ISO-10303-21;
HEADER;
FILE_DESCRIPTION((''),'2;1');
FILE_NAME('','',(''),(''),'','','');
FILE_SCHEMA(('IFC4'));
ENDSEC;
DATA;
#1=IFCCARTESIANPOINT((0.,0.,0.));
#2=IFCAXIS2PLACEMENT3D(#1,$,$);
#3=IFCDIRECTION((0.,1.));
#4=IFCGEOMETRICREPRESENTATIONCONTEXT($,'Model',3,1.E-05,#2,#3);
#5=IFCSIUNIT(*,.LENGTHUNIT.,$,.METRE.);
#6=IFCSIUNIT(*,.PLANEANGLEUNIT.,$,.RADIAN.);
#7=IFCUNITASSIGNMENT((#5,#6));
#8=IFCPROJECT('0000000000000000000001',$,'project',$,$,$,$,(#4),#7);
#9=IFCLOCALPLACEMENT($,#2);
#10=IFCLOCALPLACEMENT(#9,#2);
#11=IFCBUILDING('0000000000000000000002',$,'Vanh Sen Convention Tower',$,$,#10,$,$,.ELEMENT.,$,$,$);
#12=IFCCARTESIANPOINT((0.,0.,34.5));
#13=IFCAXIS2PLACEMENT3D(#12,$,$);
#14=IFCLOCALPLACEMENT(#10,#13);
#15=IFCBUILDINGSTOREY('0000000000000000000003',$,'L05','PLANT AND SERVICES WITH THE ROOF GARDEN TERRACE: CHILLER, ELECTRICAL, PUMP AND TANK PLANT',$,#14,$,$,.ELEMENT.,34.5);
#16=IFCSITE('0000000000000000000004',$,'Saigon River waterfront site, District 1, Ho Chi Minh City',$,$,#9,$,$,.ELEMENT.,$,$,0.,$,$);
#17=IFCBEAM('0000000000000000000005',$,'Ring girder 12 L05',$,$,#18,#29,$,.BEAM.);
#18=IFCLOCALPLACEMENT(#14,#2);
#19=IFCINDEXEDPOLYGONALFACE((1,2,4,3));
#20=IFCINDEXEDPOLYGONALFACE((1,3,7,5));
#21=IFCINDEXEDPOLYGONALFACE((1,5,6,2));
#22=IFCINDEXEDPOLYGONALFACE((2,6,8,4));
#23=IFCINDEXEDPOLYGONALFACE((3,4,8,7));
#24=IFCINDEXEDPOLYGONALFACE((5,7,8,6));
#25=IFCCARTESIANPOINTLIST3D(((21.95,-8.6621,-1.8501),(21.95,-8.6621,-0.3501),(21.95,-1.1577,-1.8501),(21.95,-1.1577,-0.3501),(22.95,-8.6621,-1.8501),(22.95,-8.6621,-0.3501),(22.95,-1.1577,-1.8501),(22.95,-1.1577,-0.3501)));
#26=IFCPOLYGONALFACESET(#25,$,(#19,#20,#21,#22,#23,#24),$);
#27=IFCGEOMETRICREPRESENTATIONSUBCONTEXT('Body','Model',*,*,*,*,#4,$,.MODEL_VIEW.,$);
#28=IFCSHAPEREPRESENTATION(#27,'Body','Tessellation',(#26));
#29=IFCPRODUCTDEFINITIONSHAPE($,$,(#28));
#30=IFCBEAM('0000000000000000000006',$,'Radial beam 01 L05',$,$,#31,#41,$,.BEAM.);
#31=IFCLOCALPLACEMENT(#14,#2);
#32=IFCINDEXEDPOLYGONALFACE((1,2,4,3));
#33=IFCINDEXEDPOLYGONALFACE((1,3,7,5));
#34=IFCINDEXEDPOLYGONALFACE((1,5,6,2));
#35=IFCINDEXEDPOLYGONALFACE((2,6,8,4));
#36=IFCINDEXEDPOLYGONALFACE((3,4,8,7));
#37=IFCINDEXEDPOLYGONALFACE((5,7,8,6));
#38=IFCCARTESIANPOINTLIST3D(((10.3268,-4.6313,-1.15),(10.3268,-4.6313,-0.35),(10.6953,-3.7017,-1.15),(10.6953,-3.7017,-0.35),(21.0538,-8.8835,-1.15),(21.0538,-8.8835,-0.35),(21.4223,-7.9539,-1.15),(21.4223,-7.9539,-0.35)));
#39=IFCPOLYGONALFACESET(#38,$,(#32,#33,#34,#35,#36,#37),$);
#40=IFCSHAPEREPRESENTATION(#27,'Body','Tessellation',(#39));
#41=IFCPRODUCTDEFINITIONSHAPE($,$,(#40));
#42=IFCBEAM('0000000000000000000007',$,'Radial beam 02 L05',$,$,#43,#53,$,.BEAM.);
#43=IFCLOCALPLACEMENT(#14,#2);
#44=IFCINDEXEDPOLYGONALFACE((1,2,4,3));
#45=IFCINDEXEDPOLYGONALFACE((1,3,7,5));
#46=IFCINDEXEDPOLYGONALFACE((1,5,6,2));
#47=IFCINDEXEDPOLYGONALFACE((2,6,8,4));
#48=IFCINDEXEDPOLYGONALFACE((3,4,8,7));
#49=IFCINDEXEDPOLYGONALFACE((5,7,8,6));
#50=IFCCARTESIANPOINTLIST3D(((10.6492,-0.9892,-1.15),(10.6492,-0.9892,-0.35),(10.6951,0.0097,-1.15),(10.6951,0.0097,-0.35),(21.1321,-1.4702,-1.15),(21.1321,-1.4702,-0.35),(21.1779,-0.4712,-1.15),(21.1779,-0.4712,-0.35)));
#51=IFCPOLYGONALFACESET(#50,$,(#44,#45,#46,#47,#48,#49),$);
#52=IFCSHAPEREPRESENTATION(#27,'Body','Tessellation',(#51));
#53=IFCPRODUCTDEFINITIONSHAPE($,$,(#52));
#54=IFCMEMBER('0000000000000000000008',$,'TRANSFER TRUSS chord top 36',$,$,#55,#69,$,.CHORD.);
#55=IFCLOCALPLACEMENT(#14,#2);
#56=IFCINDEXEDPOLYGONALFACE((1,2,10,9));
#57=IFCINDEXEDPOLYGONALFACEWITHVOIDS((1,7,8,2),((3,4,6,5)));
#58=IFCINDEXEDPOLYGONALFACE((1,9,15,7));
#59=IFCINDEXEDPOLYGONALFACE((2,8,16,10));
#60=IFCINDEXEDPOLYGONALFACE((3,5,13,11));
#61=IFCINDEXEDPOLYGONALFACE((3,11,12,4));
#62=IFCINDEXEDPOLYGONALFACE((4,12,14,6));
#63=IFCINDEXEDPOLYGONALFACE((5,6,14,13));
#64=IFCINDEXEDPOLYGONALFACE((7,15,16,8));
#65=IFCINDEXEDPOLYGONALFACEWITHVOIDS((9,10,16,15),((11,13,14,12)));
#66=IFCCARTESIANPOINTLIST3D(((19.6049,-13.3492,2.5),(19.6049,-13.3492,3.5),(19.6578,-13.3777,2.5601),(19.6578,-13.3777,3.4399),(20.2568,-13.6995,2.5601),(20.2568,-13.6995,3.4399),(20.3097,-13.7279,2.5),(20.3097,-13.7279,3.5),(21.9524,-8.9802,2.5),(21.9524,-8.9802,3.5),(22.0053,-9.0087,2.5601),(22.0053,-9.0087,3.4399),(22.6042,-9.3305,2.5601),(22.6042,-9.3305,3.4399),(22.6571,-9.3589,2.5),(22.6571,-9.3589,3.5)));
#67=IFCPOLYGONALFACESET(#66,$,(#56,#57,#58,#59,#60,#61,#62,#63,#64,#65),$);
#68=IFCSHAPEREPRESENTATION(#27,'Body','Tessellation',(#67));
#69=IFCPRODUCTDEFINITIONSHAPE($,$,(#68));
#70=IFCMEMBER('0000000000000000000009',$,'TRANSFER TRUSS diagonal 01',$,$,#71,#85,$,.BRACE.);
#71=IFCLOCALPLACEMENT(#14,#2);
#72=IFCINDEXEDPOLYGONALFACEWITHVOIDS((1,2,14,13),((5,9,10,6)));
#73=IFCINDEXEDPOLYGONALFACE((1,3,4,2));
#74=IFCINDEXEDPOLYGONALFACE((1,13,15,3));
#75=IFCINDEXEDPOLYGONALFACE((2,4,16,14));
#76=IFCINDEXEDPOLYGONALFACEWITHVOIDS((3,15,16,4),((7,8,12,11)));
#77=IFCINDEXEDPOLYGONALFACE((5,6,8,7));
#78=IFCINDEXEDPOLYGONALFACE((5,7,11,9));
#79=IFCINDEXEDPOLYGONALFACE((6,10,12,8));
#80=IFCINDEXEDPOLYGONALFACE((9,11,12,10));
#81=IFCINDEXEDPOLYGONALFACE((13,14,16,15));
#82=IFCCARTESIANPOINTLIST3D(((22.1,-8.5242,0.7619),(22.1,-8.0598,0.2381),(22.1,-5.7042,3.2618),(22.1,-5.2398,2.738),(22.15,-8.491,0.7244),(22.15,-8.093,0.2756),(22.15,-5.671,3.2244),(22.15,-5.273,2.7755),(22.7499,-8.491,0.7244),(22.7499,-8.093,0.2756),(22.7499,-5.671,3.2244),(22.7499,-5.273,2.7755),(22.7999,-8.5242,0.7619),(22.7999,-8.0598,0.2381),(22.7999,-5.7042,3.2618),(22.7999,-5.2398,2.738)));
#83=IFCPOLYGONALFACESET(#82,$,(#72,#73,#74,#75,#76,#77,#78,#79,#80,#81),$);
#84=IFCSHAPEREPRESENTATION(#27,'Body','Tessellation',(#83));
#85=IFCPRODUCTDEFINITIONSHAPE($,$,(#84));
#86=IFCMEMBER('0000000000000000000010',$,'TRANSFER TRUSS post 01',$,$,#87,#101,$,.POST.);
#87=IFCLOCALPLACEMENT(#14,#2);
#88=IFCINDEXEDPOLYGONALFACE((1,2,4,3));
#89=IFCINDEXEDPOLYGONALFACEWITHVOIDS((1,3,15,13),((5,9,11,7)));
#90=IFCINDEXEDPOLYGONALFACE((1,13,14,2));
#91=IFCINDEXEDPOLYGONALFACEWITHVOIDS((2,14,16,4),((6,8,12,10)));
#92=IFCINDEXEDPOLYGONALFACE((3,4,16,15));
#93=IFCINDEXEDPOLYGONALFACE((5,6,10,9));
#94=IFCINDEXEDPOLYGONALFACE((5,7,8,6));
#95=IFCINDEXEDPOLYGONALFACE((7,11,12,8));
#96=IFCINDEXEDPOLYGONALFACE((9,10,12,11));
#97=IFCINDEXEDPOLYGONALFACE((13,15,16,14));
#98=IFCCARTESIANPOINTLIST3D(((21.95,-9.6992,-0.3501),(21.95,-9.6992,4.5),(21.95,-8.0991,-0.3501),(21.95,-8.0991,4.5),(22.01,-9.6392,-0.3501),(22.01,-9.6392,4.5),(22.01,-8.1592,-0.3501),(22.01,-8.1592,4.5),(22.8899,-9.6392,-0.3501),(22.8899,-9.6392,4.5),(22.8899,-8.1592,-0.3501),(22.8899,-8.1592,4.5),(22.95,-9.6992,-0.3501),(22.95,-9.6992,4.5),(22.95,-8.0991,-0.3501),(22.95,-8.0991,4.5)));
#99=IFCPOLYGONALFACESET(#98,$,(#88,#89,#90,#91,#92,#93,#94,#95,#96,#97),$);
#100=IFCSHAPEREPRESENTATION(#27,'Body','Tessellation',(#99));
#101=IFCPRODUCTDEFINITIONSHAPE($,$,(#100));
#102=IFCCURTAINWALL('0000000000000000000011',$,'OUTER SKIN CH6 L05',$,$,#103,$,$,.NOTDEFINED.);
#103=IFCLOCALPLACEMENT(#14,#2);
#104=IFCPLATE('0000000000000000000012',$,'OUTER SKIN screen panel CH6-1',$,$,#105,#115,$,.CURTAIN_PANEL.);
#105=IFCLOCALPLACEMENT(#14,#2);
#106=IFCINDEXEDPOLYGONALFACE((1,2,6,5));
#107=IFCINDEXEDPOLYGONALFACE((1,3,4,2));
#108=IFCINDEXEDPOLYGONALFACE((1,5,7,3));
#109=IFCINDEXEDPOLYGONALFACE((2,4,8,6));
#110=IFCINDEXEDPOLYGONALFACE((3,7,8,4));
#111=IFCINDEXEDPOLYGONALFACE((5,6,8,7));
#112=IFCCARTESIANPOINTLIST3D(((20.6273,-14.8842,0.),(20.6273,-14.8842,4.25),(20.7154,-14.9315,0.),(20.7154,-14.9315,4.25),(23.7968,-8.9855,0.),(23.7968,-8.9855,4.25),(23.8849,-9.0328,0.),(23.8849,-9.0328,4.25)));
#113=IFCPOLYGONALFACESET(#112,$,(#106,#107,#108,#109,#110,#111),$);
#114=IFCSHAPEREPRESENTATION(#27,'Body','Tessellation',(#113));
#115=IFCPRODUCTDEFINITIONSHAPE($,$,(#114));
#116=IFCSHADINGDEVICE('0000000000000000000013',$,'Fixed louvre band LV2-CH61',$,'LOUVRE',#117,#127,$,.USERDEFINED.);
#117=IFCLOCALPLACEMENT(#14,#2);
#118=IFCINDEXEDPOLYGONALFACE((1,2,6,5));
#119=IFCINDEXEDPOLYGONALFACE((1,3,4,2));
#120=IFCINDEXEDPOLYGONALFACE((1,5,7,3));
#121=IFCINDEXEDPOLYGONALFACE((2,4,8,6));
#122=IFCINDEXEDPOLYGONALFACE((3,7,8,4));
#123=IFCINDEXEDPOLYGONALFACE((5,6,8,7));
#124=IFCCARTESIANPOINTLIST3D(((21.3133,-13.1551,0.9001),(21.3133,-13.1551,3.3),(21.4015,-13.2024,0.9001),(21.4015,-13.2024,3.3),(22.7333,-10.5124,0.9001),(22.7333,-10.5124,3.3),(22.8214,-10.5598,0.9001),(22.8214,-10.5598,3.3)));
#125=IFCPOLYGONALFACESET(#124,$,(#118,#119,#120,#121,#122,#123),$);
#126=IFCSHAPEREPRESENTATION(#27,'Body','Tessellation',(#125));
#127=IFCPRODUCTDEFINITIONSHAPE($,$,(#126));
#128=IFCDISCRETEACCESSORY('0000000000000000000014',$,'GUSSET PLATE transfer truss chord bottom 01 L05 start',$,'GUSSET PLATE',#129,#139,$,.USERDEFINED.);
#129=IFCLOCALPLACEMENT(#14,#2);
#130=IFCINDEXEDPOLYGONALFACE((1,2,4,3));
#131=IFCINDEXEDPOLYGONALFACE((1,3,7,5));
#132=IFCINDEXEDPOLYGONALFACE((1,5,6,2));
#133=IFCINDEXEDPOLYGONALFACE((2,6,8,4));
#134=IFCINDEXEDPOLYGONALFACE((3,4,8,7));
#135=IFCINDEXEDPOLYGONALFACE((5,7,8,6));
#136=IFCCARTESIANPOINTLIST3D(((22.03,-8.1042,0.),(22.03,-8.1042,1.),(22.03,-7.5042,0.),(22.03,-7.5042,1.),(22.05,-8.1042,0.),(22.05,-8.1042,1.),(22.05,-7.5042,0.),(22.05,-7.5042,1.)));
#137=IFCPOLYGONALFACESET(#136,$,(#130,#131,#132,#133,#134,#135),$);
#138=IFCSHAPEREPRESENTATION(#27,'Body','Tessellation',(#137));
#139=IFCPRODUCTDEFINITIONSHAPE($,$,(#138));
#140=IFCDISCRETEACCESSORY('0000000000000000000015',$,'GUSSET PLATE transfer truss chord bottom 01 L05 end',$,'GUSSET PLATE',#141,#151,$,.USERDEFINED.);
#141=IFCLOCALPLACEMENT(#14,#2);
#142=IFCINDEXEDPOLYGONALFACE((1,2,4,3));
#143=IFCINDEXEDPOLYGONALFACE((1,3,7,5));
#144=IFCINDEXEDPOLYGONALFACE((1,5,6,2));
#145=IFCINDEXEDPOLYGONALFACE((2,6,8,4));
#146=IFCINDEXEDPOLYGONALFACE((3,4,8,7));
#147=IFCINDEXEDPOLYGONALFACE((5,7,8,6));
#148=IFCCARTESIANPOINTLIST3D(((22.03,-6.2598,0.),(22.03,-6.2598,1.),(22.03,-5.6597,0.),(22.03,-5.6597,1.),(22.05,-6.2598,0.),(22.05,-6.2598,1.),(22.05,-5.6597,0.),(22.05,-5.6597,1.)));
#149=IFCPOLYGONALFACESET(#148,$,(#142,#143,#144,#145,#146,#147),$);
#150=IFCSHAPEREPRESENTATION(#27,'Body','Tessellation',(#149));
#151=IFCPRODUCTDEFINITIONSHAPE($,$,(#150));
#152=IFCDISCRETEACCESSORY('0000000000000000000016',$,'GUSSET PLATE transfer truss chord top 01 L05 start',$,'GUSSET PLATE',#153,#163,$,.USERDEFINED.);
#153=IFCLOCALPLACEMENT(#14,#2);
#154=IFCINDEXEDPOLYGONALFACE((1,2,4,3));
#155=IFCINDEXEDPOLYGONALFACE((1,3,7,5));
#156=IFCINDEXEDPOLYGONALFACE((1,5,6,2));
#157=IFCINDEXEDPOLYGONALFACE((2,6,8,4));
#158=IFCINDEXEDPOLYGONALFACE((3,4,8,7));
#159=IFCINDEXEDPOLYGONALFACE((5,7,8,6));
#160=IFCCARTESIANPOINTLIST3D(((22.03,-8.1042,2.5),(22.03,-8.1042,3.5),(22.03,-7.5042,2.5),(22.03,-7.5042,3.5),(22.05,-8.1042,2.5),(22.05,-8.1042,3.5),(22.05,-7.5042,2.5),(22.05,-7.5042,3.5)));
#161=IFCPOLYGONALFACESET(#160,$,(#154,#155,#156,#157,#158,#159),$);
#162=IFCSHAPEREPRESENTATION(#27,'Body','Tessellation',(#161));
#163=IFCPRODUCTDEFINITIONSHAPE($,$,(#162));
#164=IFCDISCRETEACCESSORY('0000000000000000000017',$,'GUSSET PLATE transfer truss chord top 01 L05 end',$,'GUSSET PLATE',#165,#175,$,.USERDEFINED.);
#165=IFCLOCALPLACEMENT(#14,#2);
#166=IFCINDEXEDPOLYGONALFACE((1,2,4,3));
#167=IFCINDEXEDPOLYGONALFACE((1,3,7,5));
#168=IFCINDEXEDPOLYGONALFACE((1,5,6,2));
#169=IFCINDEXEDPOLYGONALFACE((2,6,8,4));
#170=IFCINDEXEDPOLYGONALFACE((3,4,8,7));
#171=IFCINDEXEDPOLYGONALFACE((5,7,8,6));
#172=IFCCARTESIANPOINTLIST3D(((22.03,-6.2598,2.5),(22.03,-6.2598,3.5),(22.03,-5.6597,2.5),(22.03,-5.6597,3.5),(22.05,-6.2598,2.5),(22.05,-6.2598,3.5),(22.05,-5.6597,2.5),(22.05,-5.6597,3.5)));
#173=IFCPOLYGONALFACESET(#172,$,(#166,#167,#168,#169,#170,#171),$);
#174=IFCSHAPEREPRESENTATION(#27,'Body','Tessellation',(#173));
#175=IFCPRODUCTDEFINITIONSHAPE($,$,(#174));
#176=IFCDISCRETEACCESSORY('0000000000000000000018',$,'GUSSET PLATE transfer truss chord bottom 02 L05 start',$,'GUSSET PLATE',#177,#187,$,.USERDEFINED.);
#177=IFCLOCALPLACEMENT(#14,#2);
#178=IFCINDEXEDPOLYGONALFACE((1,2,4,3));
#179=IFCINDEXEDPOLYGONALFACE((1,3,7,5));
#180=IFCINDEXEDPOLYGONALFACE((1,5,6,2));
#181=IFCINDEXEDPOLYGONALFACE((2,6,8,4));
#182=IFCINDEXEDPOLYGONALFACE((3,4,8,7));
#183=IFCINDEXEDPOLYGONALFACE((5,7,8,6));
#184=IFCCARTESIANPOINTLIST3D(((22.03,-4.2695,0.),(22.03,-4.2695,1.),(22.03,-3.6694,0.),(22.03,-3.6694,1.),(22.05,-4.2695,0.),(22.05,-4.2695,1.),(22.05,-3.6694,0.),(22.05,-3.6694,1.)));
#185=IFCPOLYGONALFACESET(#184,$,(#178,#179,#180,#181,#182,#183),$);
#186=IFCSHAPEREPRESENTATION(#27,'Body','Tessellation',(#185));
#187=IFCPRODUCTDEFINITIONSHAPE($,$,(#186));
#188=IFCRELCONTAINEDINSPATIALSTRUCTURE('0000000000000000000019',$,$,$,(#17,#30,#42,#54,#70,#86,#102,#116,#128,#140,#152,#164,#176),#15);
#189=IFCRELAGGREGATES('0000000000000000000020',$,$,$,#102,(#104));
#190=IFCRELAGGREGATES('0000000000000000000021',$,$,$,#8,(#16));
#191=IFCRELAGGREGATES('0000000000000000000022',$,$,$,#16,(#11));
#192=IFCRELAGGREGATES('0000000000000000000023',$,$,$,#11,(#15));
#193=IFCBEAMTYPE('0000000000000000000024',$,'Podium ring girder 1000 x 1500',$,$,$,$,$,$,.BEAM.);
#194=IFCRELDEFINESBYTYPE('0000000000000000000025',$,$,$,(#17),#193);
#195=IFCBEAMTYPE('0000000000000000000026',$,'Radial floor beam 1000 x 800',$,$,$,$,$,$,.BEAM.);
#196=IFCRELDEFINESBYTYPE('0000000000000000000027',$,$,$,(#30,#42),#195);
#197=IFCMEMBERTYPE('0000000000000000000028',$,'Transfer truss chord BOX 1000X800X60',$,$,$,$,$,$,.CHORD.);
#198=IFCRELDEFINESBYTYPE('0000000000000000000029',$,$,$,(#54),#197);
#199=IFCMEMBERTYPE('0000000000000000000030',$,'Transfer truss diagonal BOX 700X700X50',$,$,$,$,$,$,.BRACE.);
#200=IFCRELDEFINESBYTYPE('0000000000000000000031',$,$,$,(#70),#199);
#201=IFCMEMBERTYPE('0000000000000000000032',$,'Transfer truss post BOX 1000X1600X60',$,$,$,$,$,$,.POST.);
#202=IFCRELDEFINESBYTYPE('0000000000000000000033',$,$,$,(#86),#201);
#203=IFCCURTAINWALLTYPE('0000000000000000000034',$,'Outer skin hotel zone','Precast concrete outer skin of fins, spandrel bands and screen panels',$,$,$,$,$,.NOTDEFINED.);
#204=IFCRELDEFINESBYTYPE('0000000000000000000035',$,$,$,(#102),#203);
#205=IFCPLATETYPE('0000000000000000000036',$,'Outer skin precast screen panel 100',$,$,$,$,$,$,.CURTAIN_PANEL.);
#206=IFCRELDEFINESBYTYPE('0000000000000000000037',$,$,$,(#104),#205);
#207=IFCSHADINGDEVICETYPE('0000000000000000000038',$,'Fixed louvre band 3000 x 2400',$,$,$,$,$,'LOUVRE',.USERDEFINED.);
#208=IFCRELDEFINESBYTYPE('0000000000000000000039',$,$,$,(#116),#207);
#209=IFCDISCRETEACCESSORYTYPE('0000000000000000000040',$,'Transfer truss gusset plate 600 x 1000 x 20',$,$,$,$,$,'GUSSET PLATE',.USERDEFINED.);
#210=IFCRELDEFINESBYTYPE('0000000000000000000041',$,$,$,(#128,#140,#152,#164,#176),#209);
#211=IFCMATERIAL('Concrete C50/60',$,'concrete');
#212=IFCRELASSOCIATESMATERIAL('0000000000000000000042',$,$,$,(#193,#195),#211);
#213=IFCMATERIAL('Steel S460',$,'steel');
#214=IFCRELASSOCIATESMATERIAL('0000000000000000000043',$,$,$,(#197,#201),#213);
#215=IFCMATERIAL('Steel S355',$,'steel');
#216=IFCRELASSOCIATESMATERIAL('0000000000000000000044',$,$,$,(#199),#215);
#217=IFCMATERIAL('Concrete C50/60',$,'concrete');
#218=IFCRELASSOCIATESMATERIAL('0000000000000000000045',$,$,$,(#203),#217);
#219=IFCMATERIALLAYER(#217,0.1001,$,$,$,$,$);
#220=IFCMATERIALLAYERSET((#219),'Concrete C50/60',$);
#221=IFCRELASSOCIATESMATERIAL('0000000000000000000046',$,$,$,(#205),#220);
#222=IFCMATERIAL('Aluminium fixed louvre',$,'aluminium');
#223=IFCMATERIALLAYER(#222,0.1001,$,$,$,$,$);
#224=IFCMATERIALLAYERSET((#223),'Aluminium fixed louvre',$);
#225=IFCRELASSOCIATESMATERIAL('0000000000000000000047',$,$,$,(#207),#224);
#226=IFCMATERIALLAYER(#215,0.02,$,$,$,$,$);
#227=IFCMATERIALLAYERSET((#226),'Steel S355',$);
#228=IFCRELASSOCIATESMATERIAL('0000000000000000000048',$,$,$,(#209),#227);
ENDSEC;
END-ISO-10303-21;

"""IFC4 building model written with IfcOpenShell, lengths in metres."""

from ifc_helpers import new_model, si_unit, direction, frame, origin, origin_2d, place, context, subcontext, project, spatial, rectangle, hollow_rectangle, extrude, material, layer, layer_set, material_profile, profile_set, type_object, element, aggregate, save


model = new_model("IFC4")

# Units and contexts
model_context = context("Model", 3, precision=1e-05, world=origin(), true_north=direction((0.0, 1.0)))
body_context = subcontext(model_context, "Body", "Model", "MODEL_VIEW")
ifc_project = project(units=[si_unit("LENGTHUNIT", "METRE"), si_unit("PLANEANGLEUNIT", "RADIAN")], contexts=[model_context])

# Site, building, storey
site_placement = place(None, origin())
site = spatial("IfcSite", under=ifc_project, at=site_placement, Name="Saigon River waterfront site, District 1, Ho Chi Minh City", CompositionType="ELEMENT", RefElevation=0.0)
building_placement = place(site_placement, origin())
building = spatial("IfcBuilding", under=site, at=building_placement, Name="Vanh Sen Convention Tower", CompositionType="ELEMENT")
storey_placement = place(building_placement, frame((0.0, 0.0, 34.5)))
storey = spatial("IfcBuildingStorey", under=building, at=storey_placement, Name="L05", Description="PLANT AND SERVICES WITH THE ROOF GARDEN TERRACE: CHILLER, ELECTRICAL, PUMP AND TANK PLANT", CompositionType="ELEMENT", Elevation=34.5)

# Beams
ifc_material_1 = material(Name="Concrete C50/60", Category="concrete")
ifc_material_profile_1 = material_profile(ifc_material_1, rectangle(XDim=1.0, YDim=1.5, at=origin_2d()), Name="RC 1000X1500")
ifc_profile_set_1 = profile_set([ifc_material_profile_1], Name="Concrete C50/60")
beam_type_1 = type_object("IfcBeamType", Name="Podium ring girder 1000 x 1500", PredefinedType="BEAM", material=ifc_profile_set_1)
beam_1_placement = place(storey_placement, frame((22.45, -8.6621, -1.1001), z_axis=(0.0, 1.0, 0.0), x_axis=(-1.0, 0.0, 0.0)))
element("IfcBeam", 1, at=beam_1_placement, inside=storey, type_object=beam_type_1, Name="Ring girder 12 L05", PredefinedType="BEAM", context=body_context, shape_type="SweptSolid", body=[
    extrude(rectangle(XDim=1.0, YDim=1.5, at=origin_2d()), origin(), (0.0, 0.0, 1.0), 7.5044),
])
ifc_material_profile_2 = material_profile(ifc_material_1, rectangle(XDim=1.0, YDim=0.8, at=origin_2d()), Name="RC 1000X800")
ifc_profile_set_2 = profile_set([ifc_material_profile_2], Name="Concrete C50/60")
beam_type_2 = type_object("IfcBeamType", Name="Radial floor beam 1000 x 800", PredefinedType="BEAM", material=ifc_profile_set_2)
beam_2_placement = place(storey_placement, frame((21.238, -8.4187, -0.75), z_axis=(-0.929626, 0.368503, 0.0), x_axis=(-0.368503, -0.929626, 0.0)))
element("IfcBeam", 2, at=beam_2_placement, inside=storey, type_object=beam_type_2, Name="Radial beam 01 L05", PredefinedType="BEAM", context=body_context, shape_type="SweptSolid", body=[
    extrude(rectangle(XDim=1.0, YDim=0.8, at=origin_2d()), origin(), (0.0, 0.0, 1.0), 11.5391),
])
beam_3_placement = place(storey_placement, frame((21.155, -0.9707, -0.75), z_axis=(-0.998949, 0.045832, 0.0), x_axis=(-0.045832, -0.998949, 0.0)))
element("IfcBeam", 3, at=beam_3_placement, inside=storey, type_object=beam_type_2, Name="Radial beam 02 L05", PredefinedType="BEAM", context=body_context, shape_type="SweptSolid", body=[
    extrude(rectangle(XDim=1.0, YDim=0.8, at=origin_2d()), origin(), (0.0, 0.0, 1.0), 10.4939),
])

# Members
ifc_material_2 = material(Name="Steel S460", Category="steel")
ifc_material_profile_3 = material_profile(ifc_material_2, hollow_rectangle(XDim=0.8, YDim=1.0, WallThickness=0.0601, at=origin_2d()), Name="BOX 1000X800X60")
ifc_profile_set_3 = profile_set([ifc_material_profile_3], Name="Steel S460")
member_type_1 = type_object("IfcMemberType", Name="Transfer truss chord BOX 1000X800X60", PredefinedType="CHORD", material=ifc_profile_set_3)
member_1_placement = place(storey_placement, frame((19.9573, -13.5386, 3.0), z_axis=(0.473307, 0.880898, 0.0), x_axis=(-0.880898, 0.473307, 0.0)))
element("IfcMember", 4, at=member_1_placement, inside=storey, type_object=member_type_1, Name="TRANSFER TRUSS chord top 36", PredefinedType="CHORD", context=body_context, shape_type="SweptSolid", body=[
    extrude(hollow_rectangle(XDim=0.8, YDim=1.0, WallThickness=0.0601, at=origin_2d()), origin(), (0.0, 0.0, 1.0), 4.9597),
])
ifc_material_3 = material(Name="Steel S355", Category="steel")
ifc_material_profile_4 = material_profile(ifc_material_3, hollow_rectangle(XDim=0.7, YDim=0.7, WallThickness=0.05, at=origin_2d()), Name="BOX 700X700X50")
ifc_profile_set_4 = profile_set([ifc_material_profile_4], Name="Steel S355")
member_type_2 = type_object("IfcMemberType", Name="Transfer truss diagonal BOX 700X700X50", PredefinedType="BRACE", material=ifc_profile_set_4)
member_2_placement = place(storey_placement, frame((22.45, -8.292, 0.5), z_axis=(0.0, 0.748295, 0.663366), x_axis=(-1.0, 0.0, 0.0)))
element("IfcMember", 5, at=member_2_placement, inside=storey, type_object=member_type_2, Name="TRANSFER TRUSS diagonal 01", PredefinedType="BRACE", context=body_context, shape_type="SweptSolid", body=[
    extrude(hollow_rectangle(XDim=0.7, YDim=0.7, WallThickness=0.05, at=origin_2d()), origin(), (0.0, 0.0, 1.0), 3.7686),
])
ifc_material_profile_5 = material_profile(ifc_material_2, hollow_rectangle(XDim=1.6001, YDim=1.0, WallThickness=0.0601, at=origin_2d()), Name="BOX 1000X1600X60")
ifc_profile_set_5 = profile_set([ifc_material_profile_5], Name="Steel S460")
member_type_3 = type_object("IfcMemberType", Name="Transfer truss post BOX 1000X1600X60", PredefinedType="POST", material=ifc_profile_set_5)
member_3_placement = place(storey_placement, frame((22.45, -8.8992, -0.3501), z_axis=(0.0, 0.0, 1.0), x_axis=(0.0, 1.0, 0.0)))
element("IfcMember", 6, at=member_3_placement, inside=storey, type_object=member_type_3, Name="TRANSFER TRUSS post 01", PredefinedType="POST", context=body_context, shape_type="SweptSolid", body=[
    extrude(hollow_rectangle(XDim=1.6001, YDim=1.0, WallThickness=0.0601, at=origin_2d()), origin(), (0.0, 0.0, 1.0), 4.8501),
])

# Curtain wall, plate
ifc_material_4 = material(Name="Concrete C50/60", Category="concrete")
curtain_wall_type = type_object("IfcCurtainWallType", Name="Outer skin hotel zone", Description="Precast concrete outer skin of fins, spandrel bands and screen panels", PredefinedType="NOTDEFINED", material=ifc_material_4)
curtain_wall_placement = place(storey_placement, origin())
curtain_wall = element("IfcCurtainWall", 7, at=curtain_wall_placement, inside=storey, type_object=curtain_wall_type, Name="OUTER SKIN CH6 L05", PredefinedType="NOTDEFINED")
ifc_layer_1 = layer(ifc_material_4, 0.1001)
ifc_layer_set_1 = layer_set([ifc_layer_1], Name="Concrete C50/60")
plate_type = type_object("IfcPlateType", Name="Outer skin precast screen panel 100", PredefinedType="CURTAIN_PANEL", material=ifc_layer_set_1)
plate_placement = place(storey_placement, frame((22.2561, -11.9585, 0.0), z_axis=(0.0, 0.0, 1.0), x_axis=(0.473323, 0.880889, 0.0)))
plate = element("IfcPlate", 8, at=plate_placement, type_object=plate_type, Name="OUTER SKIN screen panel CH6-1", PredefinedType="CURTAIN_PANEL", context=body_context, shape_type="SweptSolid", body=[
    extrude(rectangle(XDim=6.6963, YDim=0.1001, at=origin_2d()), origin(), (0.0, 0.0, 1.0), 4.25),
])
aggregate(curtain_wall, [plate])

# Shading device
ifc_material_5 = material(Name="Aluminium fixed louvre", Category="aluminium")
ifc_layer_2 = layer(ifc_material_5, 0.1001)
ifc_layer_set_2 = layer_set([ifc_layer_2], Name="Aluminium fixed louvre")
shading_device_type = type_object("IfcShadingDeviceType", Name="Fixed louvre band 3000 x 2400", ElementType="LOUVRE", PredefinedType="USERDEFINED", material=ifc_layer_set_2)
shading_device_placement = place(storey_placement, frame((22.0674, -11.8574, 0.9001), z_axis=(0.0, 0.0, 1.0), x_axis=(0.473318, 0.880892, 0.0)))
element("IfcShadingDevice", 9, at=shading_device_placement, inside=storey, type_object=shading_device_type, Name="Fixed louvre band LV2-CH61", ObjectType="LOUVRE", PredefinedType="USERDEFINED", context=body_context, shape_type="SweptSolid", body=[
    extrude(rectangle(XDim=3.0, YDim=0.1001, at=origin_2d()), origin(), (0.0, 0.0, 1.0), 2.3999),
])

# Discrete accessories
ifc_layer_3 = layer(ifc_material_3, 0.02)
ifc_layer_set_3 = layer_set([ifc_layer_3], Name="Steel S355")
discrete_accessory_type_1 = type_object("IfcDiscreteAccessoryType", Name="Transfer truss gusset plate 600 x 1000 x 20", ElementType="GUSSET PLATE", PredefinedType="USERDEFINED", material=ifc_layer_set_3)
for number, where, z_axis, x_axis, name in (
    (10, (22.04, -7.8042, 0.0), (0.0, 0.0, 1.0), (0.0, 1.0, 0.0), "GUSSET PLATE transfer truss chord bottom 01 L05 start"),
    (11, (22.04, -5.9597, 0.0), (0.0, 0.0, 1.0), (0.0, -1.0, 0.0), "GUSSET PLATE transfer truss chord bottom 01 L05 end"),
    (12, (22.04, -7.8042, 2.5), (0.0, 0.0, 1.0), (0.0, 1.0, 0.0), "GUSSET PLATE transfer truss chord top 01 L05 start"),
    (13, (22.04, -5.9597, 2.5), (0.0, 0.0, 1.0), (0.0, -1.0, 0.0), "GUSSET PLATE transfer truss chord top 01 L05 end"),
    (14, (22.04, -3.9695, 0.0), (0.0, 0.0, 1.0), (0.0, 1.0, 0.0), "GUSSET PLATE transfer truss chord bottom 02 L05 start"),
):
    element("IfcDiscreteAccessory", number, at=place(storey_placement, frame(where, z_axis=z_axis, x_axis=x_axis)), inside=storey, type_object=discrete_accessory_type_1, Name=name, ObjectType="GUSSET PLATE", PredefinedType="USERDEFINED", context=body_context, shape_type="SweptSolid", body=[
        extrude(rectangle(XDim=0.6001, YDim=0.02, at=origin_2d()), origin(), (0.0, 0.0, 1.0), 1.0),
    ])

save(model, "model.ifc")
